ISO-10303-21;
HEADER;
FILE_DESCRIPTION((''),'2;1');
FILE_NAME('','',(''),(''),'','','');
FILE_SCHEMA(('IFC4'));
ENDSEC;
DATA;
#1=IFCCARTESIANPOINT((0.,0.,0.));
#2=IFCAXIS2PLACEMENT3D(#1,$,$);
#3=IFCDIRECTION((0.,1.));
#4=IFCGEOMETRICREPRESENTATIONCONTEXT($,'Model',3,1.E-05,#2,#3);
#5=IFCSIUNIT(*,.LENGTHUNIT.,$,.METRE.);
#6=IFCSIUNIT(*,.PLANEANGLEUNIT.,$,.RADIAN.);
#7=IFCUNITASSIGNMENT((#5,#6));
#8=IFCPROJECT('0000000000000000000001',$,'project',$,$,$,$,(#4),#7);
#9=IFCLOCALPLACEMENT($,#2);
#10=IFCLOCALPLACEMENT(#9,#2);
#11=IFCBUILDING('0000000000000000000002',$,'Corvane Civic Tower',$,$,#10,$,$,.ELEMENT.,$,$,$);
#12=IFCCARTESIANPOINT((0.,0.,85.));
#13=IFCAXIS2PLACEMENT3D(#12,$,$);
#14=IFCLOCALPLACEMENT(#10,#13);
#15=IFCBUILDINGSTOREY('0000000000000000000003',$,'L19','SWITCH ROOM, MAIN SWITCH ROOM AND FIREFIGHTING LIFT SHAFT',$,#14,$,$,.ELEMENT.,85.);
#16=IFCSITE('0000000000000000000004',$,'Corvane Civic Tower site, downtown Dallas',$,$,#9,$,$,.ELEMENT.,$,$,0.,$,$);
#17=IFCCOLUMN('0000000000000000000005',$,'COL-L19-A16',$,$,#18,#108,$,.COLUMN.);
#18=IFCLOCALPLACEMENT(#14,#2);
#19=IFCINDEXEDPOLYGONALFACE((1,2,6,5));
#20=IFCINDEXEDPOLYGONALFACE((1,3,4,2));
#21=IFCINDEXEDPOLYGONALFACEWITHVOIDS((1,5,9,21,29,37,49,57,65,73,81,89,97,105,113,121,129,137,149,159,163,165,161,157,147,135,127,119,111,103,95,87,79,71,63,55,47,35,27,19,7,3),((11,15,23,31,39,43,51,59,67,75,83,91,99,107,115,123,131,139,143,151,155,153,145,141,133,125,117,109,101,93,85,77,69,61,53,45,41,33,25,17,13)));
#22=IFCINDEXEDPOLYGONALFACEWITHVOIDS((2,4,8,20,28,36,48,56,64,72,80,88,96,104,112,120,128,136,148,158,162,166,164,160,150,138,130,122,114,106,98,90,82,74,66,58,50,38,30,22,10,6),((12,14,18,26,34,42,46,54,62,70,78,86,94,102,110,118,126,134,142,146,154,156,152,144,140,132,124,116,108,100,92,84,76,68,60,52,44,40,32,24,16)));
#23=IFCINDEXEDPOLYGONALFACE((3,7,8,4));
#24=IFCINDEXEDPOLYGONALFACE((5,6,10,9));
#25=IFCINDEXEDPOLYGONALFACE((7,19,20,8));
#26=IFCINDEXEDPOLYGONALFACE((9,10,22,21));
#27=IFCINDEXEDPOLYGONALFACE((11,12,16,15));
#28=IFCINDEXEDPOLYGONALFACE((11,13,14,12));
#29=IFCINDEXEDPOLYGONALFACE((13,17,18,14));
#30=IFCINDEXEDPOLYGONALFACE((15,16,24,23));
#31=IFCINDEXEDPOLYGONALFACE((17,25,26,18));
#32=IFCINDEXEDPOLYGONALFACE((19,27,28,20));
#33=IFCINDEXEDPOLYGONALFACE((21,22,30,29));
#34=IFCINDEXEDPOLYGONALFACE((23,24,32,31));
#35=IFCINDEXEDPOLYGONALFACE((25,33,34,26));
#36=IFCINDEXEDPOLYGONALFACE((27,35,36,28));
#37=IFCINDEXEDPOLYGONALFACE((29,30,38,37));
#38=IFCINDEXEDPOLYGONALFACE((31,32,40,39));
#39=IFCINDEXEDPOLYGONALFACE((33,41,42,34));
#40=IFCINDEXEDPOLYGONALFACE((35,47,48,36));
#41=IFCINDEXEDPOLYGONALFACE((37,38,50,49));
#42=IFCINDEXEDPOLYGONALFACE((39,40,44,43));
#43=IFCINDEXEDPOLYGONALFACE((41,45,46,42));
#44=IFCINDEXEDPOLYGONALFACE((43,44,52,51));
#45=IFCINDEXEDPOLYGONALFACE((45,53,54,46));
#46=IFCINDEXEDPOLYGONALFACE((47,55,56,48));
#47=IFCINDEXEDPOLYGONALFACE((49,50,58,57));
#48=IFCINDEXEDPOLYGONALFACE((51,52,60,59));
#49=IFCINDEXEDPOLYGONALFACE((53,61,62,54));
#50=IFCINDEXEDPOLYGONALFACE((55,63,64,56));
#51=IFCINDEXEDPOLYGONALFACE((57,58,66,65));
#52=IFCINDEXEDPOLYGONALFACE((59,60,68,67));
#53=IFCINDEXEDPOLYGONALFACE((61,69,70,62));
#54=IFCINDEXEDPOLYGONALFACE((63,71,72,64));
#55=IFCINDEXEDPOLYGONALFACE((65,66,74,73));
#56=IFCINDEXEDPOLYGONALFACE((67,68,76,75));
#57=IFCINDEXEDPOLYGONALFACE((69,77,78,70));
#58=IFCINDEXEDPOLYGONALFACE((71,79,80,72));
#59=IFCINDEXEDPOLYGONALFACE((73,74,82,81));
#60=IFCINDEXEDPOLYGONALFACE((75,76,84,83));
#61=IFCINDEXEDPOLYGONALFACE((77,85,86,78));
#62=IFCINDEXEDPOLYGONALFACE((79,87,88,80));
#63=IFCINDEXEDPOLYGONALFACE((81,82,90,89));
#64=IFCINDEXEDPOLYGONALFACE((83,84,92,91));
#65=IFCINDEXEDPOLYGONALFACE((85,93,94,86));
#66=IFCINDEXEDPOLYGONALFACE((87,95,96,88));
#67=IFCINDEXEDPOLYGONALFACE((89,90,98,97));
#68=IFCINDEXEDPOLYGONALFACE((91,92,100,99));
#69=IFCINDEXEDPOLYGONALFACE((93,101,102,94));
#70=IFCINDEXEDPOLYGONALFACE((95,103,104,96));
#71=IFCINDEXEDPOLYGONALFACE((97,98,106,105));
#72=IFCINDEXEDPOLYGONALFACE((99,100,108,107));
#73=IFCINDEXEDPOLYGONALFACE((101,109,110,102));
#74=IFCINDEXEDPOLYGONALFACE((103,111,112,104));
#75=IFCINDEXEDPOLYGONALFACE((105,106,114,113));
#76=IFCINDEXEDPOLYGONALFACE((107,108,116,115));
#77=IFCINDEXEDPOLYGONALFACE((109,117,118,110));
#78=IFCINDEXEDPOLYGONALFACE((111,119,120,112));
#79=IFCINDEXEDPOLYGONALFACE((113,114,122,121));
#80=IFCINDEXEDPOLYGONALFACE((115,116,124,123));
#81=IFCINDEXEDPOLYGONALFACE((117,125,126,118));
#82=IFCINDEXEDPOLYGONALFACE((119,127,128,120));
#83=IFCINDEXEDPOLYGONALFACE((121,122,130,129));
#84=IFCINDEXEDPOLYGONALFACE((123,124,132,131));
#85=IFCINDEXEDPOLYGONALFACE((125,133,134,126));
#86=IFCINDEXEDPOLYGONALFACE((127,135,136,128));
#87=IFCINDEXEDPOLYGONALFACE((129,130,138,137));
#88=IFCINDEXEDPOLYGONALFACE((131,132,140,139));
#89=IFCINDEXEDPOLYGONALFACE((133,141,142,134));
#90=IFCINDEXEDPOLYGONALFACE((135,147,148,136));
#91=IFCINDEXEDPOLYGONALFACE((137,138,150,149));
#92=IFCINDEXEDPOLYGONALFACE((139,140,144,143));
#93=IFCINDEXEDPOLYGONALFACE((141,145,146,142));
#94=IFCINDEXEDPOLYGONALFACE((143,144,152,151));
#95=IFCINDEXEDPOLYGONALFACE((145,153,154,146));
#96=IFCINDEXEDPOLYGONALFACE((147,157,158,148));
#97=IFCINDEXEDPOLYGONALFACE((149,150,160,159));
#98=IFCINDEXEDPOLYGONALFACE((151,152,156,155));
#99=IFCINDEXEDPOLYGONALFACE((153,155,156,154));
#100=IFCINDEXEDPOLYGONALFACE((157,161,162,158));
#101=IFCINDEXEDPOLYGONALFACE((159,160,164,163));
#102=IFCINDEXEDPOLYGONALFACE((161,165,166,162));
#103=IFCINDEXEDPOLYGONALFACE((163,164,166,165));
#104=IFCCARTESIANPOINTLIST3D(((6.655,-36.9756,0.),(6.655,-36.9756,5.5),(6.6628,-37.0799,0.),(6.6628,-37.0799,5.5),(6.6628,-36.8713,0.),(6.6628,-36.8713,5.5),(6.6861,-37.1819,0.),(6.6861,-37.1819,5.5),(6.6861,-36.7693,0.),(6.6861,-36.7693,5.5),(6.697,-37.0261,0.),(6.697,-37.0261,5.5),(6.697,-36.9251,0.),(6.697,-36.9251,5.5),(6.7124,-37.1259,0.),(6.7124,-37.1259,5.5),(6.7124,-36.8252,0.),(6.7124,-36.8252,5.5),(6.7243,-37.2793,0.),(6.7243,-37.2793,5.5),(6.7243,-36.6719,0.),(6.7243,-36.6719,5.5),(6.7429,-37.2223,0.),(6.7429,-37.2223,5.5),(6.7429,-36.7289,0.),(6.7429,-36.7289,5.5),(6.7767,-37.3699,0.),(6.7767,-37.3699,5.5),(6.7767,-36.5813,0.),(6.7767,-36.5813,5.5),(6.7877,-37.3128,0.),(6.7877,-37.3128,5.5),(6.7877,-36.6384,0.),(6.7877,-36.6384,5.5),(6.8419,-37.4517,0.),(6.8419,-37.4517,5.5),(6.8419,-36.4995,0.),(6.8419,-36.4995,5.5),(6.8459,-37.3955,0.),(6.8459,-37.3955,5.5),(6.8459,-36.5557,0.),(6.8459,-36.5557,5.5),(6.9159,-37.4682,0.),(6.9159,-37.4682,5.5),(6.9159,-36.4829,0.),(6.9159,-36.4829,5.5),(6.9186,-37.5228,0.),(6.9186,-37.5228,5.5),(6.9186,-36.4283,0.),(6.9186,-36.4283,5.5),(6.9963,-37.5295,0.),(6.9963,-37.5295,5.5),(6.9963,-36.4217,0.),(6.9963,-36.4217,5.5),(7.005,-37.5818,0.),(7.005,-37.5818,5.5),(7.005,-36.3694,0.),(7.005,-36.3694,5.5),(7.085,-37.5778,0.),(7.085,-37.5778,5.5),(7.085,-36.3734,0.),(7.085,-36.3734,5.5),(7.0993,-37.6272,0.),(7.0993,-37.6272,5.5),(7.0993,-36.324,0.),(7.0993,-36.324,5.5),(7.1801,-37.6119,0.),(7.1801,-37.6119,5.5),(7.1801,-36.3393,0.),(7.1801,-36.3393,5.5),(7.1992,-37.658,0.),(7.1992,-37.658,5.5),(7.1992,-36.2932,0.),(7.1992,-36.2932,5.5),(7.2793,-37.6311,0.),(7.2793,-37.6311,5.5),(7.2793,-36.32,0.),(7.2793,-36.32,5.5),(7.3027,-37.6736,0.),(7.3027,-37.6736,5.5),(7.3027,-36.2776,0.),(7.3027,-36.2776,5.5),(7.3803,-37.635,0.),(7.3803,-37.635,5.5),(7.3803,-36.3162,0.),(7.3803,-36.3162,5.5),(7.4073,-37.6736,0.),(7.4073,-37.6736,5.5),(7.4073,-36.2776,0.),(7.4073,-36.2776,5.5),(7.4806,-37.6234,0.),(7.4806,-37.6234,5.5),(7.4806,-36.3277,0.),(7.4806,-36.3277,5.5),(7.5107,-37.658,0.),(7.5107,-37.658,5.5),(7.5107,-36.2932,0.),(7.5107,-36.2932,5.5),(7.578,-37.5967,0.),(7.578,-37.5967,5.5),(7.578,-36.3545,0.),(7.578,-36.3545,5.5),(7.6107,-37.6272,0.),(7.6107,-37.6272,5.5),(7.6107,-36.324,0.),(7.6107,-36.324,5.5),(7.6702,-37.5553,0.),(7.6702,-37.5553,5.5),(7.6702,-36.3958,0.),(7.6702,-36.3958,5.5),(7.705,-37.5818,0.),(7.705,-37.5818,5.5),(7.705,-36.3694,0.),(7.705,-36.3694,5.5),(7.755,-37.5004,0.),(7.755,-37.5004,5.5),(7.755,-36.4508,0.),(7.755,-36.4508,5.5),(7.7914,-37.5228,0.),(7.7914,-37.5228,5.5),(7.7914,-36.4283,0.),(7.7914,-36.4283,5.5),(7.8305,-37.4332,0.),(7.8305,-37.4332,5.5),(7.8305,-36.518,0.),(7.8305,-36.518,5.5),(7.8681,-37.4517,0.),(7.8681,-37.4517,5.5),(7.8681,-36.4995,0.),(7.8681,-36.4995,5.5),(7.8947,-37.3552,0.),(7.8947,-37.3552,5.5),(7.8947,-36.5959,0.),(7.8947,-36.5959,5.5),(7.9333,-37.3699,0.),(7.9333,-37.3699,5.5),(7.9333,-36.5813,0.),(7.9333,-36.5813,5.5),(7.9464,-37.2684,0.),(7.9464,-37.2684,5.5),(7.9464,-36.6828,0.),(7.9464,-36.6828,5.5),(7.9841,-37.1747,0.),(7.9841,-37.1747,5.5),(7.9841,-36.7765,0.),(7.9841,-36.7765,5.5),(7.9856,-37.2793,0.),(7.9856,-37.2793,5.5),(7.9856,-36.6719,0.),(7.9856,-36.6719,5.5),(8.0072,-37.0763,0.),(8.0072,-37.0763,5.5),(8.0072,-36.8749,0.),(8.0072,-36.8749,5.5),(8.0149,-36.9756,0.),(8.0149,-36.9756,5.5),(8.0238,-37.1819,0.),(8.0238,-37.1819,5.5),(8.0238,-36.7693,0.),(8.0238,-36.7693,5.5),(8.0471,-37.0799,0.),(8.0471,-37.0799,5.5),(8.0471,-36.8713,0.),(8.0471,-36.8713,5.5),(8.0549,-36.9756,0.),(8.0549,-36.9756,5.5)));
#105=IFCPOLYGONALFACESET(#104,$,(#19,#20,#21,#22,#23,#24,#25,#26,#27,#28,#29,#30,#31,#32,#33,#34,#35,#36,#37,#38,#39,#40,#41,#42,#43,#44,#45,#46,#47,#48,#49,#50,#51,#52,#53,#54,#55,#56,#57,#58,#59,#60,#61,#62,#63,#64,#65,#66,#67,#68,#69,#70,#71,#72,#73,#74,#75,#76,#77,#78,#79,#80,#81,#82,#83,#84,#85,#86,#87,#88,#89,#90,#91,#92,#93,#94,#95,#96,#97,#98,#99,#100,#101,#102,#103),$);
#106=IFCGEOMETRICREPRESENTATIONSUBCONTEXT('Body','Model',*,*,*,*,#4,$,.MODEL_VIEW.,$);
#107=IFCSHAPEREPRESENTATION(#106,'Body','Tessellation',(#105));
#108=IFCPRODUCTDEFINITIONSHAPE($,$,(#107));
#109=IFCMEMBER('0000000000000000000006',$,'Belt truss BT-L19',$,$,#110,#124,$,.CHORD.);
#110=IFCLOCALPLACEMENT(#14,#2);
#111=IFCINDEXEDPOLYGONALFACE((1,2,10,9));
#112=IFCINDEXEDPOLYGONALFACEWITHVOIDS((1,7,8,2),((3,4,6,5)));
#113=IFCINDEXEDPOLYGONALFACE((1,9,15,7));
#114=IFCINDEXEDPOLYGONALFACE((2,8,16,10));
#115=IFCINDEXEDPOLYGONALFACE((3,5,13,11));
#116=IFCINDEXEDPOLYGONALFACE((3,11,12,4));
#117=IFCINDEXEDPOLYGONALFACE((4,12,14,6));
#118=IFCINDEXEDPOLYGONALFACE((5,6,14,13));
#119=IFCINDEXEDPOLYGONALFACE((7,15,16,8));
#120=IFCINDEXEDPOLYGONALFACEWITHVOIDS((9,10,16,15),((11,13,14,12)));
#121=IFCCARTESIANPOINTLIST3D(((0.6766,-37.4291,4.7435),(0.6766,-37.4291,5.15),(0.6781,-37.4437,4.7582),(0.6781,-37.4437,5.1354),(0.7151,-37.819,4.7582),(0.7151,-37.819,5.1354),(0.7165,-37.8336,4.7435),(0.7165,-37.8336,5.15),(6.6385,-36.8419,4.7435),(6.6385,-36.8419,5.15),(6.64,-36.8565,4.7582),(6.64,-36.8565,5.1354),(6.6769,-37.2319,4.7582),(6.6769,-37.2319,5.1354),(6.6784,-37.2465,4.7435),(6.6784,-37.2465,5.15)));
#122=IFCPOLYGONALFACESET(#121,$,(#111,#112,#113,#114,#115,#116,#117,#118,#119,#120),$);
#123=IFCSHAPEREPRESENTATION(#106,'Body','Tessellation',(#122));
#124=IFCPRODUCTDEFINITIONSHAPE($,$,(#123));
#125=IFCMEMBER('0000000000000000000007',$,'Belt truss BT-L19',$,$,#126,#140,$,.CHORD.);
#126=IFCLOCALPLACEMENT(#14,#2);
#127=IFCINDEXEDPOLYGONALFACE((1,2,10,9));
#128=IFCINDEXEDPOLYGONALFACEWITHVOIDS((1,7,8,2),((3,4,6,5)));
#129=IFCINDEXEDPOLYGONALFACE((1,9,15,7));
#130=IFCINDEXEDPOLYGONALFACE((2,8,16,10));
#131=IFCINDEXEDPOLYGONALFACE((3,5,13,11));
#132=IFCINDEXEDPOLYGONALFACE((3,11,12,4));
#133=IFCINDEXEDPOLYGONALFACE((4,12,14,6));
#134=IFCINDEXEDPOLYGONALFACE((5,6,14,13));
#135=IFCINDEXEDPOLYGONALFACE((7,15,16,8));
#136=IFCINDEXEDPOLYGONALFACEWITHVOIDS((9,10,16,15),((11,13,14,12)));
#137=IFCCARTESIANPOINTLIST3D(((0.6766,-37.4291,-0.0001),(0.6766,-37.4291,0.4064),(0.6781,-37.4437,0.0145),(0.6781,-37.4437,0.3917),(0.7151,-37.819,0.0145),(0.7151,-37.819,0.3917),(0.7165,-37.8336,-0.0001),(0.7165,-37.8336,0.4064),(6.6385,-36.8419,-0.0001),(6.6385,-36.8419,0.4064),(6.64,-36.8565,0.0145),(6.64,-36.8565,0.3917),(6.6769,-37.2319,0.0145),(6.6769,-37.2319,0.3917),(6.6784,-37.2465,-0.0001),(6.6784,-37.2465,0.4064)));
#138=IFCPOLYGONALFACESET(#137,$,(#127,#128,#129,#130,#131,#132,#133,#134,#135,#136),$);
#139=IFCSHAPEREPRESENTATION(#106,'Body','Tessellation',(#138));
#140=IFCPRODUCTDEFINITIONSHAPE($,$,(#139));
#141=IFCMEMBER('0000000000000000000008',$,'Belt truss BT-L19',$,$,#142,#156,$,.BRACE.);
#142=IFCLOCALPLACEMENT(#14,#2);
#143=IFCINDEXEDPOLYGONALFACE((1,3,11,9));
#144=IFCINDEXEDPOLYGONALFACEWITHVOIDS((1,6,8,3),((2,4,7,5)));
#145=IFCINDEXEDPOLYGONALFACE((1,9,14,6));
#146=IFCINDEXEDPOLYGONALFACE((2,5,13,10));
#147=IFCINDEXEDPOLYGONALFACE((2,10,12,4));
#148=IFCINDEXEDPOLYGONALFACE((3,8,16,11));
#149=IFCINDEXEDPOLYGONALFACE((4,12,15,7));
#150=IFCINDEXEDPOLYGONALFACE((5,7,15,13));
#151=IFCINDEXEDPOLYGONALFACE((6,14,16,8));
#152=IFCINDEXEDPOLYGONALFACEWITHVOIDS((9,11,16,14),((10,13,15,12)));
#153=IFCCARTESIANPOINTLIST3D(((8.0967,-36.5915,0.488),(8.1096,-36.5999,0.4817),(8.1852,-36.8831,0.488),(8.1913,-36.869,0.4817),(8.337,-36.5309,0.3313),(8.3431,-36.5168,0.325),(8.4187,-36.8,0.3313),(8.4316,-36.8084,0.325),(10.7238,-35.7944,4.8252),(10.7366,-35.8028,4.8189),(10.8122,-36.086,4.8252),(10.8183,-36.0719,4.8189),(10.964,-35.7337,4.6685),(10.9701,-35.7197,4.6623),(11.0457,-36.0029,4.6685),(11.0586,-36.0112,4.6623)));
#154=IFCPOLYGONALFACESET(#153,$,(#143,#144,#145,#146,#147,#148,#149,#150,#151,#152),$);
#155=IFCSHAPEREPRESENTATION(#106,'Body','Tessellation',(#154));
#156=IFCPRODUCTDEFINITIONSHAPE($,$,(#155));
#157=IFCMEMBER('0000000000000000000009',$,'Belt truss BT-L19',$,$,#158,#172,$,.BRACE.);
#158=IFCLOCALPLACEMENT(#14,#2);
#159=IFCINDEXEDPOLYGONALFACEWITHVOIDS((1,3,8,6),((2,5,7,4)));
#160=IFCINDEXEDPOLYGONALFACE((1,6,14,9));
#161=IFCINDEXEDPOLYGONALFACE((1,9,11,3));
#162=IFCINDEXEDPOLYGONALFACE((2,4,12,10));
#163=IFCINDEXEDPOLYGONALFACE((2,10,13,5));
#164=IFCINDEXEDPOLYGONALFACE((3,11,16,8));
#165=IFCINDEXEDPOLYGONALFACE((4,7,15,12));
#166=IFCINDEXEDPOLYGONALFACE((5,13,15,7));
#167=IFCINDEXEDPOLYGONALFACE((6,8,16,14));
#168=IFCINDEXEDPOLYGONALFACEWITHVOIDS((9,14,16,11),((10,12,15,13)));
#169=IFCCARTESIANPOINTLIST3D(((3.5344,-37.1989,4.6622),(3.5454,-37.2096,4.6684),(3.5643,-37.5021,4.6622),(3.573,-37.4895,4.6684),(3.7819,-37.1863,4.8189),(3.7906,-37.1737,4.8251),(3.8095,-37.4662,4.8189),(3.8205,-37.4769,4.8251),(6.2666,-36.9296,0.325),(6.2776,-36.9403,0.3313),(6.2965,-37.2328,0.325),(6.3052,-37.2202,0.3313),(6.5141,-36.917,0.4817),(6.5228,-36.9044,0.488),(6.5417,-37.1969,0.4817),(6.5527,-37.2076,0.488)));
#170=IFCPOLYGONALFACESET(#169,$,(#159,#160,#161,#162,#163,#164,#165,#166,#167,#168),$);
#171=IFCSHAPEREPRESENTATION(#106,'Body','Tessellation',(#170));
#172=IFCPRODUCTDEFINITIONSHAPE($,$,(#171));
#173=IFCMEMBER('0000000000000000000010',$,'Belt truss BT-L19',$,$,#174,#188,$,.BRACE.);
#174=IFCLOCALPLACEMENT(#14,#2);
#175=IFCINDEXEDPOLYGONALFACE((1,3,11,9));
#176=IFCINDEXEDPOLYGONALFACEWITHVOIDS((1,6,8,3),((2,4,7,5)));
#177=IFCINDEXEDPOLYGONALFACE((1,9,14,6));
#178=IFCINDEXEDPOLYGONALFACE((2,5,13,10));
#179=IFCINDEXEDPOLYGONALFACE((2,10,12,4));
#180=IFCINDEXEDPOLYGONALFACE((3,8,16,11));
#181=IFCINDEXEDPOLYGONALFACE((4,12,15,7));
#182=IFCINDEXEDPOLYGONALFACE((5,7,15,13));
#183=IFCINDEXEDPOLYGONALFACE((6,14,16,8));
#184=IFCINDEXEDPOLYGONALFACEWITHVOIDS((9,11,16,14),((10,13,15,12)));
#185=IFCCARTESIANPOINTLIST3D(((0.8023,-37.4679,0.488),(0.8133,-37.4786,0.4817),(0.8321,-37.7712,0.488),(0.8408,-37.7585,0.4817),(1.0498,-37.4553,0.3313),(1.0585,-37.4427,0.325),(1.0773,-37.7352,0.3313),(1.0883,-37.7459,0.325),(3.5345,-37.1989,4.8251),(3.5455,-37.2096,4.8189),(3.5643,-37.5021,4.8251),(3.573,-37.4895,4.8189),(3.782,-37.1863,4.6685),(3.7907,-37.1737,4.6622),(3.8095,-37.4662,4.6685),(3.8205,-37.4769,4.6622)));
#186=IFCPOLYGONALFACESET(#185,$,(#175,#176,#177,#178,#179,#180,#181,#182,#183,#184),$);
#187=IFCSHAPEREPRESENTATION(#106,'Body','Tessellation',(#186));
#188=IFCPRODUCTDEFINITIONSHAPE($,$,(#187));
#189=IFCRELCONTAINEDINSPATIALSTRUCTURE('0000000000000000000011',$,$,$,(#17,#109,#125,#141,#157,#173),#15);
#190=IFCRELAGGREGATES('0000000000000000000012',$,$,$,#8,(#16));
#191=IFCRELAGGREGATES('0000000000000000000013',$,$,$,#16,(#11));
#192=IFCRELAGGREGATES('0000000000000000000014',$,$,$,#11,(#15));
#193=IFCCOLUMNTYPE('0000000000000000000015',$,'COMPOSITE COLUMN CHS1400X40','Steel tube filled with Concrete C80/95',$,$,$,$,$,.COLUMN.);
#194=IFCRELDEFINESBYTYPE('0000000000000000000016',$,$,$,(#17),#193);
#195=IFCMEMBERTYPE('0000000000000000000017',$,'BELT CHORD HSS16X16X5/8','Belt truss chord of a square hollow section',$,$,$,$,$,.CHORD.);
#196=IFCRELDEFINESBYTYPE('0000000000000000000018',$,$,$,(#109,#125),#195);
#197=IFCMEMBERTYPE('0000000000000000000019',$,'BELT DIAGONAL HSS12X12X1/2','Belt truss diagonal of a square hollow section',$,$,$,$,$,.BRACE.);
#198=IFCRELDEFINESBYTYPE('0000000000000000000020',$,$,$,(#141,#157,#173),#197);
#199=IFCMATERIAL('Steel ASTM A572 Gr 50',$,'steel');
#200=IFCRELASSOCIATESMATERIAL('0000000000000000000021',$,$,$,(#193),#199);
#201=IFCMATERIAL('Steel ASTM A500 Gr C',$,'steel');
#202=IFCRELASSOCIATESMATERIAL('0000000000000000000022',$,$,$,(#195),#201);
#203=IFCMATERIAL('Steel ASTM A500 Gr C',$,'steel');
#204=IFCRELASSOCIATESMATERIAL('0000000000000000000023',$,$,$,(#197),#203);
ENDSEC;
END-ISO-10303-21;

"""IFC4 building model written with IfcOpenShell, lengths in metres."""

from ifc_helpers import new_model, si_unit, direction, frame, origin, origin_2d, place, context, subcontext, project, spatial, hollow_rectangle, hollow_circle, extrude, material, material_profile, profile_set, type_object, element, save


model = new_model("IFC4")

# Units and contexts
model_context = context("Model", 3, precision=1e-05, world=origin(), true_north=direction((0.0, 1.0)))
body_context = subcontext(model_context, "Body", "Model", "MODEL_VIEW")
ifc_project = project(units=[si_unit("LENGTHUNIT", "METRE"), si_unit("PLANEANGLEUNIT", "RADIAN")], contexts=[model_context])

# Site, building, storey
site_placement = place(None, origin())
site = spatial("IfcSite", under=ifc_project, at=site_placement, Name="Corvane Civic Tower site, downtown Dallas", CompositionType="ELEMENT", RefElevation=0.0)
building_placement = place(site_placement, origin())
building = spatial("IfcBuilding", under=site, at=building_placement, Name="Corvane Civic Tower", CompositionType="ELEMENT")
storey_placement = place(building_placement, frame((0.0, 0.0, 85.0)))
storey = spatial("IfcBuildingStorey", under=building, at=storey_placement, Name="L19", Description="SWITCH ROOM, MAIN SWITCH ROOM AND FIREFIGHTING LIFT SHAFT", CompositionType="ELEMENT", Elevation=85.0)

# Column
ifc_material_1 = material(Name="Steel ASTM A572 Gr 50", Category="steel")
ifc_material_profile_1 = material_profile(ifc_material_1, hollow_circle(Radius=0.7, WallThickness=0.04, at=origin_2d()), Name="CHS1400X40")
ifc_profile_set_1 = profile_set([ifc_material_profile_1], Name="Steel ASTM A572 Gr 50")
column_type = type_object("IfcColumnType", Name="COMPOSITE COLUMN CHS1400X40", Description="Steel tube filled with Concrete C80/95", PredefinedType="COLUMN", material=ifc_profile_set_1)
column_placement = place(storey_placement, frame((7.355, -36.9756, 0.0), z_axis=(0.0, 0.0, 1.0), x_axis=(1.0, 0.0, 0.0)))
element("IfcColumn", 1, at=column_placement, inside=storey, type_object=column_type, Name="COL-L19-A16", PredefinedType="COLUMN", context=body_context, shape_type="SweptSolid", body=[
    extrude(hollow_circle(Radius=0.7, WallThickness=0.04, at=origin_2d()), origin(), (0.0, 0.0, 1.0), 5.5),
])

# Members
ifc_material_2 = material(Name="Steel ASTM A500 Gr C", Category="steel")
ifc_material_profile_2 = material_profile(ifc_material_2, hollow_rectangle(XDim=0.4065, YDim=0.4065, WallThickness=0.0146, at=origin_2d()), Name="HSS16X16X5/8")
ifc_profile_set_2 = profile_set([ifc_material_profile_2], Name="Steel ASTM A500 Gr C")
member_type_1 = type_object("IfcMemberType", Name="BELT CHORD HSS16X16X5/8", Description="Belt truss chord of a square hollow section", PredefinedType="CHORD", material=ifc_profile_set_2)
for number, where, z_axis, x_axis, name in (
    (2, (6.6584, -37.0442, 4.9468), (-0.995185, -0.098011, 0.0), (0.098011, -0.995185, 0.0), "Belt truss BT-L19"),
    (3, (6.6584, -37.0442, 0.2031), (-0.995185, -0.098011, 0.0), (0.098011, -0.995185, 0.0), "Belt truss BT-L19"),
):
    element("IfcMember", number, at=place(storey_placement, frame(where, z_axis=z_axis, x_axis=x_axis)), inside=storey, type_object=member_type_1, Name=name, PredefinedType="CHORD", context=body_context, shape_type="SweptSolid", body=[
        extrude(hollow_rectangle(XDim=0.4065, YDim=0.4065, WallThickness=0.0146, at=origin_2d()), origin(), (0.0, 0.0, 1.0), 5.9907),
    ])
ifc_material_3 = material(Name="Steel ASTM A500 Gr C", Category="steel")
ifc_material_profile_3 = material_profile(ifc_material_3, hollow_rectangle(XDim=0.3047, YDim=0.3047, WallThickness=0.0117, at=origin_2d()), Name="HSS12X12X1/2")
ifc_profile_set_3 = profile_set([ifc_material_profile_3], Name="Steel ASTM A500 Gr C")
member_type_2 = type_object("IfcMemberType", Name="BELT DIAGONAL HSS12X12X1/2", Description="Belt truss diagonal of a square hollow section", PredefinedType="BRACE", material=ifc_profile_set_3)
for number, where, z_axis, x_axis, name in (
    (4, (8.2642, -36.7, 0.4065), (0.511782, 0.155294, 0.844963), (-0.290365, 0.956916, 0.0), "Belt truss BT-L19"),
    (5, (6.4097, -37.0686, 0.4065), (-0.532271, -0.052461, 0.844947), (0.098086, -0.995178, 0.0), "Belt truss BT-L19"),
    (6, (0.9453, -37.6069, 0.4065), (0.532273, 0.052414, 0.844949), (-0.097998, 0.995187, 0.0), "Belt truss BT-L19"),
):
    element("IfcMember", number, at=place(storey_placement, frame(where, z_axis=z_axis, x_axis=x_axis)), inside=storey, type_object=member_type_2, Name=name, PredefinedType="BRACE", context=body_context, shape_type="SweptSolid", body=[
        extrude(hollow_rectangle(XDim=0.3047, YDim=0.3047, WallThickness=0.0117, at=origin_2d()), origin(), (0.0, 0.0, 1.0), 5.1331),
    ])

save(model, "model.ifc")
